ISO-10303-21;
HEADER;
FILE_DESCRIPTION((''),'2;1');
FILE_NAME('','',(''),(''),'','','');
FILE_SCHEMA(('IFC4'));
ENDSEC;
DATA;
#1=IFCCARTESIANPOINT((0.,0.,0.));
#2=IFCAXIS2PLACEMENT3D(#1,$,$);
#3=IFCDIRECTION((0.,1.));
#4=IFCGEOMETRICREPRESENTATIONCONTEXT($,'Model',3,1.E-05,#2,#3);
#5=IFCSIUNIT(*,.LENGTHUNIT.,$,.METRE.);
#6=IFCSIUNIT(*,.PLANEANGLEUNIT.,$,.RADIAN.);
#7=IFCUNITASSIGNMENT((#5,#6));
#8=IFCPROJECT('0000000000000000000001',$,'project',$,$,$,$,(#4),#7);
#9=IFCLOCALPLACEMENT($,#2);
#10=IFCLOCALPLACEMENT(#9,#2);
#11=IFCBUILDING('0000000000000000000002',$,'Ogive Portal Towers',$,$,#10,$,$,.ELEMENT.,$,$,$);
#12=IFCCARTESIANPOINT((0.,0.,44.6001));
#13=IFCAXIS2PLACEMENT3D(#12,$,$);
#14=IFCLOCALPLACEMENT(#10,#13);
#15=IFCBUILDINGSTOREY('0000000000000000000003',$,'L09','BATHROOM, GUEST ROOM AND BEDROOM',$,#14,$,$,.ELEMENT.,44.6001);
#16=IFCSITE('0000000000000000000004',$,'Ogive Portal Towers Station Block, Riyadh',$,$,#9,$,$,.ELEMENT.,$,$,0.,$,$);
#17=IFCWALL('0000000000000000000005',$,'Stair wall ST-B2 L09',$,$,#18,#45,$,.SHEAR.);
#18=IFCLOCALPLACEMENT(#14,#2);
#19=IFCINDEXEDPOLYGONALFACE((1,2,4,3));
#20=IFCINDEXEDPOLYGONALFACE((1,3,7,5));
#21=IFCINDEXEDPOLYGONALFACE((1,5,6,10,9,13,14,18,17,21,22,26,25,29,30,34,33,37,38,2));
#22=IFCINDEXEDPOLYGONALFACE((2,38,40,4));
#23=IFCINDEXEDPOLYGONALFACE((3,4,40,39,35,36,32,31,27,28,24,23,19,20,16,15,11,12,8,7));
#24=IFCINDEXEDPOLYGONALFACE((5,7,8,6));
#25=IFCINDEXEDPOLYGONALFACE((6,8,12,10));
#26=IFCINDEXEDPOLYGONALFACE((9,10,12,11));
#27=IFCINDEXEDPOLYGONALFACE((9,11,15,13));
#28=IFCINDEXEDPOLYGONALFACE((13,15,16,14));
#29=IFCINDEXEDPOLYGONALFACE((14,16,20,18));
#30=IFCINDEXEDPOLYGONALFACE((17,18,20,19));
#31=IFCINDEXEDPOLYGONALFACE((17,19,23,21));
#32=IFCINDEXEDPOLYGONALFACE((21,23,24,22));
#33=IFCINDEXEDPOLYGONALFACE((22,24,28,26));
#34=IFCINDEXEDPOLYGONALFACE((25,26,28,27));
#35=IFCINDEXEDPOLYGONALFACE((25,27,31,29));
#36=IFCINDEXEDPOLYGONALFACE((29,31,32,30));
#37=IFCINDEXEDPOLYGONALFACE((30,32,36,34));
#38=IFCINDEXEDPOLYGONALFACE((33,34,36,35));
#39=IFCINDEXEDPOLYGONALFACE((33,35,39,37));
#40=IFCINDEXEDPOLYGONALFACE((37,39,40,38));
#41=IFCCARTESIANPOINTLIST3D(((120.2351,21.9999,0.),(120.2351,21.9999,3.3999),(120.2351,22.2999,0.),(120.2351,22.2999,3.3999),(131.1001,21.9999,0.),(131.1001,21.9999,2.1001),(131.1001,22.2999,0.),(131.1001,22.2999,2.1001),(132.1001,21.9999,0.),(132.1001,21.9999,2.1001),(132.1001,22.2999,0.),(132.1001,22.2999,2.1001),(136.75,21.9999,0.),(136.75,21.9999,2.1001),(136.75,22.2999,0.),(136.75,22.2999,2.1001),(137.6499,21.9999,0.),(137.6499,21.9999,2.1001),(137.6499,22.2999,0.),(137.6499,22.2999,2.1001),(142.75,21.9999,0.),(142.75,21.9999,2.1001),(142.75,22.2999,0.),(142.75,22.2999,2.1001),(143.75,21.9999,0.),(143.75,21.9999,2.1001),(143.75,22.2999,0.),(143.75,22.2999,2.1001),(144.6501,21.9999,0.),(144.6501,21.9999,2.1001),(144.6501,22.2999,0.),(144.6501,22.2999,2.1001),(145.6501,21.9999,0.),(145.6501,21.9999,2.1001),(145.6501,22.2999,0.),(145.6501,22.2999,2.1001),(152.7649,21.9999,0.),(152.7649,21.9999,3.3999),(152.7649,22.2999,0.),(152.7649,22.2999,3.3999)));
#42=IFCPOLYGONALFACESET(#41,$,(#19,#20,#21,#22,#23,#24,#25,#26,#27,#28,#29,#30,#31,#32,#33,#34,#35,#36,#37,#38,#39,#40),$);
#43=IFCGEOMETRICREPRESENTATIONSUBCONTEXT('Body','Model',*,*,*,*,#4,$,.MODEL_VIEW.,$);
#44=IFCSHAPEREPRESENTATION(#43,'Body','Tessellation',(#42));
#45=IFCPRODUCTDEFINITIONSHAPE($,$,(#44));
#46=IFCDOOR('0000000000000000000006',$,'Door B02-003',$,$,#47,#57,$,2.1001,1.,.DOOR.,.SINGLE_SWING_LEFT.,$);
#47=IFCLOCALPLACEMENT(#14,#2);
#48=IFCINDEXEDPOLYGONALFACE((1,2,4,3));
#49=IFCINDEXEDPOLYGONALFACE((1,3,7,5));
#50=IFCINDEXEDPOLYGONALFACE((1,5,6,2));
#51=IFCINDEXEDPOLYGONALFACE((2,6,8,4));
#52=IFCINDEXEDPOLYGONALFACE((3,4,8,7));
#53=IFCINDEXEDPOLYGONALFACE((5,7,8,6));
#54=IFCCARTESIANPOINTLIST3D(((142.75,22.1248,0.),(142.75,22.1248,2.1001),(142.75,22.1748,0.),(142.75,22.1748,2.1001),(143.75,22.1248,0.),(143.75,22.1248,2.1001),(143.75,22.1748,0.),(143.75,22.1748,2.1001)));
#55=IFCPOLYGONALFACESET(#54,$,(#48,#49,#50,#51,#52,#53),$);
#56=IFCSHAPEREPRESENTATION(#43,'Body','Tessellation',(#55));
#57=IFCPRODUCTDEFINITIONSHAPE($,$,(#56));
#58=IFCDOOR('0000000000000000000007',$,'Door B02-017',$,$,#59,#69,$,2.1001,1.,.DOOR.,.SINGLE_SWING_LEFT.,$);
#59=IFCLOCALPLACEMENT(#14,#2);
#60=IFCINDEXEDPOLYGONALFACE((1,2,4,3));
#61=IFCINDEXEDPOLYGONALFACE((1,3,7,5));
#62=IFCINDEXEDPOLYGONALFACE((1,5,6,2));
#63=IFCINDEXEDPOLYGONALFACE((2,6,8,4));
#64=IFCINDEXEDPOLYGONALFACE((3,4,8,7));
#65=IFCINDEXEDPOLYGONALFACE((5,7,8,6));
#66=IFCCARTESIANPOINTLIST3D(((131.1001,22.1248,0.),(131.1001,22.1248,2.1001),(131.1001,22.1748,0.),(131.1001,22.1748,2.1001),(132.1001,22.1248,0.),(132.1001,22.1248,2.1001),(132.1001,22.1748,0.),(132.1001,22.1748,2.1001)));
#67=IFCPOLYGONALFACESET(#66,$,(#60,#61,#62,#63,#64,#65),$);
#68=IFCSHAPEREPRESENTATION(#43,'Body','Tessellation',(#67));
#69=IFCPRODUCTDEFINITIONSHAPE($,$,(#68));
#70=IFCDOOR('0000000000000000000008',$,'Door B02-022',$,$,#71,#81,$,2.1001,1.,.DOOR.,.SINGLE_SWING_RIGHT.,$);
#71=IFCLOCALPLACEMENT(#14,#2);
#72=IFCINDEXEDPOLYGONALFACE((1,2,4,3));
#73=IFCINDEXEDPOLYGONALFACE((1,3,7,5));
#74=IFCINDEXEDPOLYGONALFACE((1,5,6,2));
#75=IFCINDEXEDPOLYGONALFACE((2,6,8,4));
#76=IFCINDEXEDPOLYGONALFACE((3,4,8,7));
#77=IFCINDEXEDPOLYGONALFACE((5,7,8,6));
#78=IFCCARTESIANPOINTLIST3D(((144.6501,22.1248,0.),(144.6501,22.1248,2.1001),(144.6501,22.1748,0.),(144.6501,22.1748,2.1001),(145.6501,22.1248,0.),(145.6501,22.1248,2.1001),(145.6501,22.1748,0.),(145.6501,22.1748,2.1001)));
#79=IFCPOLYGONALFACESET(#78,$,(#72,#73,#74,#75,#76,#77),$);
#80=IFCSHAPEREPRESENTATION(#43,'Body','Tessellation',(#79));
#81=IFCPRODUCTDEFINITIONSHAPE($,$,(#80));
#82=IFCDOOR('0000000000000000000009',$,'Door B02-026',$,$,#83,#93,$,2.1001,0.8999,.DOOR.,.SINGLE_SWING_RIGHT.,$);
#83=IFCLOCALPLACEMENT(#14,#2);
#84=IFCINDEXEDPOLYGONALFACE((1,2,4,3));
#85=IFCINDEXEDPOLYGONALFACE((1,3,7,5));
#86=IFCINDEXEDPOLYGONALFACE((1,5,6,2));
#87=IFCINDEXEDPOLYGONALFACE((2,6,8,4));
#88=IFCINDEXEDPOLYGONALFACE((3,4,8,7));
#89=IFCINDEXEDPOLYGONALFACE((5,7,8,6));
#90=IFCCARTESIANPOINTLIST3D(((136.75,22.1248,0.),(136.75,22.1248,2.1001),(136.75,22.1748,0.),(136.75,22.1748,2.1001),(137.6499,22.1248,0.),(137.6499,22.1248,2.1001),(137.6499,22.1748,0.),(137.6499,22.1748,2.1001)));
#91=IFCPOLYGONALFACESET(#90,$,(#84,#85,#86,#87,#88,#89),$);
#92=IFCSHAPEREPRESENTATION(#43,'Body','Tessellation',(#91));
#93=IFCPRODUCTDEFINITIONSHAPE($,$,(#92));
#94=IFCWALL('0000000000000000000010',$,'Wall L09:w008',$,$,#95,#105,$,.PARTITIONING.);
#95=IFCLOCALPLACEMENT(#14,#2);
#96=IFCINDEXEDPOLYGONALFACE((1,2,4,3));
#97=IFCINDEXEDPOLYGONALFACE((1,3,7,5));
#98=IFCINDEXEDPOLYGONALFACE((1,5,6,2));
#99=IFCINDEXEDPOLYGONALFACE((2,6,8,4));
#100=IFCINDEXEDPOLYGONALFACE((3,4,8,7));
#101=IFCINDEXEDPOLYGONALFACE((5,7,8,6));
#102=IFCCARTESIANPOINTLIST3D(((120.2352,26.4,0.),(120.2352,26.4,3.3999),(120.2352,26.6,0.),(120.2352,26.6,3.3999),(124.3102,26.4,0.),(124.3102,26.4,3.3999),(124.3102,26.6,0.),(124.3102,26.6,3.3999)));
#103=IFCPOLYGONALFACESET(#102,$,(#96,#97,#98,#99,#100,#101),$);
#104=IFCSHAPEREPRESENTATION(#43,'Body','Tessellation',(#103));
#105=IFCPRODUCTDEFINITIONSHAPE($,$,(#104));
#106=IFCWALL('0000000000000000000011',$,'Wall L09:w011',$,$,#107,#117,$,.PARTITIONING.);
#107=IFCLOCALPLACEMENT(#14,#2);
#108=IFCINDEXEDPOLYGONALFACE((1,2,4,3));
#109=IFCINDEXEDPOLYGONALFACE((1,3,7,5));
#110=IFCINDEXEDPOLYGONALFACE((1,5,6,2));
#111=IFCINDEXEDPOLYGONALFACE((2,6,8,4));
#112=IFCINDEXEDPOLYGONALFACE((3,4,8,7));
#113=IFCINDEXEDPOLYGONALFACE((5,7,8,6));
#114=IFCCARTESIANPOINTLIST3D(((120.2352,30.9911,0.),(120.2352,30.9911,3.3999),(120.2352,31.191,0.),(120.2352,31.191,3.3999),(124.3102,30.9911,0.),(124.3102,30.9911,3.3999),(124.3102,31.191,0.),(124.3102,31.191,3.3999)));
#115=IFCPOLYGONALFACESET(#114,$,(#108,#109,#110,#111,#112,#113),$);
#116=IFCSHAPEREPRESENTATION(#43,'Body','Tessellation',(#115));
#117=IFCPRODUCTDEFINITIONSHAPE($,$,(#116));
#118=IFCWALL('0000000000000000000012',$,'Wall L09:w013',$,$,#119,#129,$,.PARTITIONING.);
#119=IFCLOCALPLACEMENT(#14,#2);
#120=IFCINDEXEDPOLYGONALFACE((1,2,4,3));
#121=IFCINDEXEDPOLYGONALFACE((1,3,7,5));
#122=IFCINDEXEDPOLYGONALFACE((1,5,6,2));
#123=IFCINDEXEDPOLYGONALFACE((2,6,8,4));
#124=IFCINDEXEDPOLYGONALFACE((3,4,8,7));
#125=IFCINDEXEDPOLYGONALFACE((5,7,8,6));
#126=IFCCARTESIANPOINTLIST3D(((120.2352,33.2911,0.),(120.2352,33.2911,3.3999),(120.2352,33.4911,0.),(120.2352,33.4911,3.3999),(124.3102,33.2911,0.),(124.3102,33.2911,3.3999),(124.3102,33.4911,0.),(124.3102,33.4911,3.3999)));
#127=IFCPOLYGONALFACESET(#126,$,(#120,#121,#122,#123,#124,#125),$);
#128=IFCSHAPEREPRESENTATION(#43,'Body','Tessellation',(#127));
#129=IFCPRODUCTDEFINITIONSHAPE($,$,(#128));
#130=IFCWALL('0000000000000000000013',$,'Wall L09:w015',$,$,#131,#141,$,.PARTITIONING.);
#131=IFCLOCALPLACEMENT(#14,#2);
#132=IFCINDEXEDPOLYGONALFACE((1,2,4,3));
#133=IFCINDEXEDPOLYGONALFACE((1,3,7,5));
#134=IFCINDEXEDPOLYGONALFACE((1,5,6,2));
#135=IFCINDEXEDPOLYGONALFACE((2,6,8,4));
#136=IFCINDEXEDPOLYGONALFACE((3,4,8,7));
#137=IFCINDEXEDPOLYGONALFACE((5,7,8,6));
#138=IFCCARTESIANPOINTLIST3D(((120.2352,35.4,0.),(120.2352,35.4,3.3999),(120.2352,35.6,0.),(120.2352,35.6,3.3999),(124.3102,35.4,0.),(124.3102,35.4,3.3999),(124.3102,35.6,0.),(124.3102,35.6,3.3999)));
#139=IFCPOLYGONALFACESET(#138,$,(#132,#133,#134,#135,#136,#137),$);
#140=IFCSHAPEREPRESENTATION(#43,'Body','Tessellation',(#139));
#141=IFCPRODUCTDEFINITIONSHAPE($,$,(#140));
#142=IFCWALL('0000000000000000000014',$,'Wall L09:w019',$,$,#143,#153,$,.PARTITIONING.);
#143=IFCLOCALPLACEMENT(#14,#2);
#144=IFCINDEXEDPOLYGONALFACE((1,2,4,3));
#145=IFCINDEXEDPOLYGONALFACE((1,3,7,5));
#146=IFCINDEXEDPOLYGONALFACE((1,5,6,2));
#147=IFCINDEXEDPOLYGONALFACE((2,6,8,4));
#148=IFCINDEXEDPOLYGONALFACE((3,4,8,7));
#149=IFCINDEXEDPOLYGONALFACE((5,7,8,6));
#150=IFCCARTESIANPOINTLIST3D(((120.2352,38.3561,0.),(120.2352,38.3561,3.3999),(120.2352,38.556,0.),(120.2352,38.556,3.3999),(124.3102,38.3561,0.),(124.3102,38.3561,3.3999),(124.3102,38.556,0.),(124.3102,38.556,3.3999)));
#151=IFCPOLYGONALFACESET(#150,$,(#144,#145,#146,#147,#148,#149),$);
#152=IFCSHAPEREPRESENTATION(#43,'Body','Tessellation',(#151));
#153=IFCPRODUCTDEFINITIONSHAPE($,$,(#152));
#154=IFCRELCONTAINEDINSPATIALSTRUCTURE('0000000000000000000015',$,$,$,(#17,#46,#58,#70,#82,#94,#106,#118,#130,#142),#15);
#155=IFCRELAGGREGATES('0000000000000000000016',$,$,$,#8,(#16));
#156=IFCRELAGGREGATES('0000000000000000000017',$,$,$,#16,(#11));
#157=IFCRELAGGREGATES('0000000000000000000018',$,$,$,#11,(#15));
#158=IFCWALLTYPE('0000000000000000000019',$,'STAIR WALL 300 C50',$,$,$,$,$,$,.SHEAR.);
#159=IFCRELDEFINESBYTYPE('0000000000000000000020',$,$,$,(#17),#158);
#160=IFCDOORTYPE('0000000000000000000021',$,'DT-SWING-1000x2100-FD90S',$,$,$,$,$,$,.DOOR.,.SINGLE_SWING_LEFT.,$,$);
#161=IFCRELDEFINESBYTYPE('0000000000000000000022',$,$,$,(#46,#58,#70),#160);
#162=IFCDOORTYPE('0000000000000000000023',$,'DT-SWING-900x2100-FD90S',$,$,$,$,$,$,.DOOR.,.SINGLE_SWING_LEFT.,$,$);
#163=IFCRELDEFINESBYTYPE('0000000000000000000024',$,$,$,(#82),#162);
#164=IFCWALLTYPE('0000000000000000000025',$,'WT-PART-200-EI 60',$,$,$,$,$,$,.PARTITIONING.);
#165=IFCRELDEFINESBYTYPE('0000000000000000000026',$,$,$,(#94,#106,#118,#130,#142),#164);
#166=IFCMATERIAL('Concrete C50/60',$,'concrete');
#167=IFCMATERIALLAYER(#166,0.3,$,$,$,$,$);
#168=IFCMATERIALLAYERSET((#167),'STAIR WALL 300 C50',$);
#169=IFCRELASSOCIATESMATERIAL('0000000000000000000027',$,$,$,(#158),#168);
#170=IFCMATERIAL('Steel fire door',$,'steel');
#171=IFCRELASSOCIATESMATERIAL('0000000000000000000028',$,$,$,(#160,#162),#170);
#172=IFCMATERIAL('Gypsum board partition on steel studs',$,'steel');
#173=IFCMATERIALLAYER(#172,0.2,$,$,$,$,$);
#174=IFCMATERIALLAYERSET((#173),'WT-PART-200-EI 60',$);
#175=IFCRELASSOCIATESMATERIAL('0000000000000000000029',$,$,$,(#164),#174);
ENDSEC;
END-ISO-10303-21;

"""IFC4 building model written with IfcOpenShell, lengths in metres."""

from ifc_helpers import new_model, si_unit, direction, frame, frame_2d, origin, place, context, subcontext, project, spatial, rectangle, extrude, material, layer, layer_set, type_object, element, fill, save


model = new_model("IFC4")

# Units and contexts
model_context = context("Model", 3, precision=1e-05, world=origin(), true_north=direction((0.0, 1.0)))
body_context = subcontext(model_context, "Body", "Model", "MODEL_VIEW")
ifc_project = project(units=[si_unit("LENGTHUNIT", "METRE"), si_unit("PLANEANGLEUNIT", "RADIAN")], contexts=[model_context])

# Site, building, storey
site_placement = place(None, origin())
site = spatial("IfcSite", under=ifc_project, at=site_placement, Name="Ogive Portal Towers Station Block, Riyadh", CompositionType="ELEMENT", RefElevation=0.0)
building_placement = place(site_placement, origin())
building = spatial("IfcBuilding", under=site, at=building_placement, Name="Ogive Portal Towers", CompositionType="ELEMENT")
storey_placement = place(building_placement, frame((0.0, 0.0, 44.6001)))
storey = spatial("IfcBuildingStorey", under=building, at=storey_placement, Name="L09", Description="BATHROOM, GUEST ROOM AND BEDROOM", CompositionType="ELEMENT", Elevation=44.6001)

# Wall, openings, doors
ifc_material_1 = material(Name="Concrete C50/60", Category="concrete")
ifc_layer_1 = layer(ifc_material_1, 0.3)
ifc_layer_set_1 = layer_set([ifc_layer_1], Name="STAIR WALL 300 C50")
wall_type_1 = type_object("IfcWallType", Name="STAIR WALL 300 C50", PredefinedType="SHEAR", material=ifc_layer_set_1)
wall_1_placement = place(storey_placement, frame((120.2351, 22.1499, 0.0), z_axis=(0.0, 0.0, 1.0), x_axis=(1.0, 0.0, 0.0)))
wall_1 = element("IfcWall", 1, at=wall_1_placement, inside=storey, type_object=wall_type_1, Name="Stair wall ST-B2 L09", PredefinedType="SHEAR", context=body_context, shape_type="SweptSolid", body=[
    extrude(rectangle(XDim=32.5298, YDim=0.3, at=frame_2d((16.2649, 0.0))), origin(), (0.0, 0.0, 1.0), 3.3999),
])
opening_1_placement = place(wall_1_placement, frame((22.5149, 0.0, 0.0)))
opening_1 = element("IfcOpeningElement", 2, at=opening_1_placement, cuts=wall_1, PredefinedType="OPENING", context=body_context, shape_type="SweptSolid", body=[
    extrude(rectangle(XDim=1.0, YDim=2.1001, at=frame_2d((0.5, 1.05))), frame((0.0, 0.1602, 0.0), z_axis=(0.0, -1.0, 0.0), x_axis=(1.0, 0.0, 0.0)), (0.0, 0.0, 1.0), 0.3201),
])
opening_2_placement = place(wall_1_placement, frame((10.865, 0.0, 0.0)))
opening_2 = element("IfcOpeningElement", 3, at=opening_2_placement, cuts=wall_1, PredefinedType="OPENING", context=body_context, shape_type="SweptSolid", body=[
    extrude(rectangle(XDim=1.0, YDim=2.1001, at=frame_2d((0.5, 1.05))), frame((0.0, 0.1602, 0.0), z_axis=(0.0, -1.0, 0.0), x_axis=(1.0, 0.0, 0.0)), (0.0, 0.0, 1.0), 0.3201),
])
opening_3_placement = place(wall_1_placement, frame((24.415, 0.0, 0.0)))
opening_3 = element("IfcOpeningElement", 4, at=opening_3_placement, cuts=wall_1, PredefinedType="OPENING", context=body_context, shape_type="SweptSolid", body=[
    extrude(rectangle(XDim=1.0, YDim=2.1001, at=frame_2d((0.5, 1.05))), frame((0.0, 0.1602, 0.0), z_axis=(0.0, -1.0, 0.0), x_axis=(1.0, 0.0, 0.0)), (0.0, 0.0, 1.0), 0.3201),
])
opening_4_placement = place(wall_1_placement, frame((16.5149, 0.0, 0.0)))
opening_4 = element("IfcOpeningElement", 5, at=opening_4_placement, cuts=wall_1, PredefinedType="OPENING", context=body_context, shape_type="SweptSolid", body=[
    extrude(rectangle(XDim=0.8999, YDim=2.1001, at=frame_2d((0.45, 1.05))), frame((0.0, 0.1602, 0.0), z_axis=(0.0, -1.0, 0.0), x_axis=(1.0, 0.0, 0.0)), (0.0, 0.0, 1.0), 0.3201),
])
ifc_material_2 = material(Name="Steel fire door", Category="steel")
door_type_1 = type_object("IfcDoorType", Name="DT-SWING-1000x2100-FD90S", OperationType="SINGLE_SWING_LEFT", PredefinedType="DOOR", material=ifc_material_2)
door_1_placement = place(opening_1_placement, origin())
door_1 = element("IfcDoor", 6, at=door_1_placement, inside=storey, type_object=door_type_1, Name="Door B02-003", OperationType="SINGLE_SWING_LEFT", OverallHeight=2.1001, OverallWidth=1.0, PredefinedType="DOOR", context=body_context, shape_type="SweptSolid", body=[
    extrude(rectangle(XDim=1.0, YDim=2.1001, at=frame_2d((0.5, 1.05))), frame((0.0, 0.0249, 0.0), z_axis=(0.0, -1.0, 0.0), x_axis=(1.0, 0.0, 0.0)), (0.0, 0.0, 1.0), 0.05),
])
fill(opening_1, door_1)
door_2_placement = place(opening_2_placement, origin())
door_2 = element("IfcDoor", 7, at=door_2_placement, inside=storey, type_object=door_type_1, Name="Door B02-017", OperationType="SINGLE_SWING_LEFT", OverallHeight=2.1001, OverallWidth=1.0, PredefinedType="DOOR", context=body_context, shape_type="SweptSolid", body=[
    extrude(rectangle(XDim=1.0, YDim=2.1001, at=frame_2d((0.5, 1.05))), frame((0.0, 0.0249, 0.0), z_axis=(0.0, -1.0, 0.0), x_axis=(1.0, 0.0, 0.0)), (0.0, 0.0, 1.0), 0.05),
])
fill(opening_2, door_2)
door_3_placement = place(opening_3_placement, origin())
door_3 = element("IfcDoor", 8, at=door_3_placement, inside=storey, type_object=door_type_1, Name="Door B02-022", OperationType="SINGLE_SWING_RIGHT", OverallHeight=2.1001, OverallWidth=1.0, PredefinedType="DOOR", context=body_context, shape_type="SweptSolid", body=[
    extrude(rectangle(XDim=1.0, YDim=2.1001, at=frame_2d((0.5, 1.05))), frame((0.0, 0.0249, 0.0), z_axis=(0.0, -1.0, 0.0), x_axis=(1.0, 0.0, 0.0)), (0.0, 0.0, 1.0), 0.05),
])
fill(opening_3, door_3)
door_type_2 = type_object("IfcDoorType", Name="DT-SWING-900x2100-FD90S", OperationType="SINGLE_SWING_LEFT", PredefinedType="DOOR", material=ifc_material_2)
door_4_placement = place(opening_4_placement, origin())
door_4 = element("IfcDoor", 9, at=door_4_placement, inside=storey, type_object=door_type_2, Name="Door B02-026", OperationType="SINGLE_SWING_RIGHT", OverallHeight=2.1001, OverallWidth=0.8999, PredefinedType="DOOR", context=body_context, shape_type="SweptSolid", body=[
    extrude(rectangle(XDim=0.8999, YDim=2.1001, at=frame_2d((0.45, 1.05))), frame((0.0, 0.0249, 0.0), z_axis=(0.0, -1.0, 0.0), x_axis=(1.0, 0.0, 0.0)), (0.0, 0.0, 1.0), 0.05),
])
fill(opening_4, door_4)

# Walls
ifc_material_3 = material(Name="Gypsum board partition on steel studs", Category="steel")
ifc_layer_2 = layer(ifc_material_3, 0.2)
ifc_layer_set_2 = layer_set([ifc_layer_2], Name="WT-PART-200-EI 60")
wall_type_2 = type_object("IfcWallType", Name="WT-PART-200-EI 60", PredefinedType="PARTITIONING", material=ifc_layer_set_2)
for number, where, z_axis, x_axis, name in (
    (10, (120.2351, 26.5, 0.0), (0.0, 0.0, 1.0), (1.0, 0.0, 0.0), "Wall L09:w008"),
    (11, (120.2351, 31.0911, 0.0), (0.0, 0.0, 1.0), (1.0, 0.0, 0.0), "Wall L09:w011"),
    (12, (120.2351, 33.3911, 0.0), (0.0, 0.0, 1.0), (1.0, 0.0, 0.0), "Wall L09:w013"),
    (13, (120.2351, 35.5, 0.0), (0.0, 0.0, 1.0), (1.0, 0.0, 0.0), "Wall L09:w015"),
    (14, (120.2351, 38.4561, 0.0), (0.0, 0.0, 1.0), (1.0, 0.0, 0.0), "Wall L09:w019"),
):
    element("IfcWall", number, at=place(storey_placement, frame(where, z_axis=z_axis, x_axis=x_axis)), inside=storey, type_object=wall_type_2, Name=name, PredefinedType="PARTITIONING", context=body_context, shape_type="SweptSolid", body=[
        extrude(rectangle(XDim=4.075, YDim=0.2, at=frame_2d((2.0376, 0.0))), origin(), (0.0, 0.0, 1.0), 3.3999),
    ])

save(model, "model.ifc")
